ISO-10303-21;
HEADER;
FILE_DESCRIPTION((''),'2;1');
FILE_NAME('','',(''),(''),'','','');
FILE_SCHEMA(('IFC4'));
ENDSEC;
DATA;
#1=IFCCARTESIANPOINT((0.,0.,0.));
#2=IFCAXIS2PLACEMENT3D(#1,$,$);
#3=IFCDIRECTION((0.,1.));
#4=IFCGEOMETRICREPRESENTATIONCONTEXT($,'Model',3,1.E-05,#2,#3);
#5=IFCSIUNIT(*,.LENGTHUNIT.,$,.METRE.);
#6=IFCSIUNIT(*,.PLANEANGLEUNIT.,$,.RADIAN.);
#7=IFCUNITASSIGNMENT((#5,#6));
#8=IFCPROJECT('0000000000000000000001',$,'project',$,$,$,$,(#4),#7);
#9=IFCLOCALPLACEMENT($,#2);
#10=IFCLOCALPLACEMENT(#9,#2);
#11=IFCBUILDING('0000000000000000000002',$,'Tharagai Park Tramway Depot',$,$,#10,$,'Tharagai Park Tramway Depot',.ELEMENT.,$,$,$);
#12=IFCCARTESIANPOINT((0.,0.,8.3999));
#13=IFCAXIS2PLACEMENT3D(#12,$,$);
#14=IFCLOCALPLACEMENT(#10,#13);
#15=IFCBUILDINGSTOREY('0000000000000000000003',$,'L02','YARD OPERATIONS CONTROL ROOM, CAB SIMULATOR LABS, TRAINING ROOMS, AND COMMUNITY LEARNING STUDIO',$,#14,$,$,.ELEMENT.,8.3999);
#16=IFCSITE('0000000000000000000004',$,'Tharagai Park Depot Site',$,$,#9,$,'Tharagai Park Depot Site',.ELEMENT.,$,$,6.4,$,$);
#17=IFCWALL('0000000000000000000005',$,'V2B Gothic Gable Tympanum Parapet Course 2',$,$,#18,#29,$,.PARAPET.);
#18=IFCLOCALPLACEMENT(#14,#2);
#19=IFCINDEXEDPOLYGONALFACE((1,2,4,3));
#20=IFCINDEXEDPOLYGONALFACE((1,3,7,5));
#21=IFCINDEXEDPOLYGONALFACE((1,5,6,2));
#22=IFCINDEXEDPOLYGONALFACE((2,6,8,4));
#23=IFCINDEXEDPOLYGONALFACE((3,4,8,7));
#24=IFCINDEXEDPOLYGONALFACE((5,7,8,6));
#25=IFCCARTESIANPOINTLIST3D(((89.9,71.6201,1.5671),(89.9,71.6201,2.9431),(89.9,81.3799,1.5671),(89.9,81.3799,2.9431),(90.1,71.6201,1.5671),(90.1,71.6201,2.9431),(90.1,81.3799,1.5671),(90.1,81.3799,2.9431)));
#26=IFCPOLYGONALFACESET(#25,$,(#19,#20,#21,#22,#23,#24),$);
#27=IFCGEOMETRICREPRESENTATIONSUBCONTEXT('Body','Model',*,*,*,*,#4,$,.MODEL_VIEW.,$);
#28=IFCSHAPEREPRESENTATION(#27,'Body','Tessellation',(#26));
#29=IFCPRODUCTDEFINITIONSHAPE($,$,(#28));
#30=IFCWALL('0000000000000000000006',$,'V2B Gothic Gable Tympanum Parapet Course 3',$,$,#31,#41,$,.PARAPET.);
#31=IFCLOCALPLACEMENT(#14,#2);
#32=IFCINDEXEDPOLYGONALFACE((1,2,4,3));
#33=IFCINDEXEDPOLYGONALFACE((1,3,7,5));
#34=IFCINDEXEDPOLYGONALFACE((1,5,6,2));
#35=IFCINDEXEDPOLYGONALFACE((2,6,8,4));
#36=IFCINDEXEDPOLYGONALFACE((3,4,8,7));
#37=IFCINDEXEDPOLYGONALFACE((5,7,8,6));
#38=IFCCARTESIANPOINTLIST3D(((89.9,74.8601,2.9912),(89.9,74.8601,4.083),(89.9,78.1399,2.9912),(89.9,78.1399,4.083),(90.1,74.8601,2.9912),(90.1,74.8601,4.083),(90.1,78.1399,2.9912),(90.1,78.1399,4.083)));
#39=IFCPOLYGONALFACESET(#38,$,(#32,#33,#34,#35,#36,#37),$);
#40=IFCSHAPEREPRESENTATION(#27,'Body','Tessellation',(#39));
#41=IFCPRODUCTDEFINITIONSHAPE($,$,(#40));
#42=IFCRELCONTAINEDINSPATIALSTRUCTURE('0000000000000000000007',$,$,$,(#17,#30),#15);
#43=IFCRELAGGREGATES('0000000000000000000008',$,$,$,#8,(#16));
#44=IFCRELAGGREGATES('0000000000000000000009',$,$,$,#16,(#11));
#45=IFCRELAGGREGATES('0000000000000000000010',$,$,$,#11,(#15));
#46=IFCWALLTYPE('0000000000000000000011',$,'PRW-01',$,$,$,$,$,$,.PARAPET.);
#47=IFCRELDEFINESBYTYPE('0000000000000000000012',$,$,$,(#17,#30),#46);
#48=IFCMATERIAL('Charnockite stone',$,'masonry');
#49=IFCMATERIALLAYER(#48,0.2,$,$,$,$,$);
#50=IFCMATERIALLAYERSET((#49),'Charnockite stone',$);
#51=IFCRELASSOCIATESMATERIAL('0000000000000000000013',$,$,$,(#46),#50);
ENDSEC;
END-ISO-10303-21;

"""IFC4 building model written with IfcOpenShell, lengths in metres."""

from ifc_helpers import new_model, si_unit, direction, frame, frame_2d, origin, place, context, subcontext, project, spatial, rectangle, extrude, material, layer, layer_set, type_object, element, save


model = new_model("IFC4")

# Units and contexts
model_context = context("Model", 3, precision=1e-05, world=origin(), true_north=direction((0.0, 1.0)))
body_context = subcontext(model_context, "Body", "Model", "MODEL_VIEW")
ifc_project = project(units=[si_unit("LENGTHUNIT", "METRE"), si_unit("PLANEANGLEUNIT", "RADIAN")], contexts=[model_context])

# Site, building, storey
site_placement = place(None, origin())
site = spatial("IfcSite", under=ifc_project, at=site_placement, Name="Tharagai Park Depot Site", LongName="Tharagai Park Depot Site", CompositionType="ELEMENT", RefElevation=6.4)
building_placement = place(site_placement, origin())
building = spatial("IfcBuilding", under=site, at=building_placement, Name="Tharagai Park Tramway Depot", LongName="Tharagai Park Tramway Depot", CompositionType="ELEMENT")
storey_placement = place(building_placement, frame((0.0, 0.0, 8.3999)))
storey = spatial("IfcBuildingStorey", under=building, at=storey_placement, Name="L02", Description="YARD OPERATIONS CONTROL ROOM, CAB SIMULATOR LABS, TRAINING ROOMS, AND COMMUNITY LEARNING STUDIO", CompositionType="ELEMENT", Elevation=8.3999)

# Walls
ifc_material_1 = material(Name="Charnockite stone", Category="masonry")
ifc_layer_1 = layer(ifc_material_1, 0.2)
ifc_layer_set_1 = layer_set([ifc_layer_1], Name="Charnockite stone")
wall_type = type_object("IfcWallType", Name="PRW-01", PredefinedType="PARAPET", material=ifc_layer_set_1)
wall_1_placement = place(storey_placement, frame((90.0, 71.6201, 1.5671), z_axis=(0.0, 0.0, 1.0), x_axis=(0.0, 1.0, 0.0)))
element("IfcWall", 1, at=wall_1_placement, inside=storey, type_object=wall_type, Name="V2B Gothic Gable Tympanum Parapet Course 2", PredefinedType="PARAPET", context=body_context, shape_type="SweptSolid", body=[
    extrude(rectangle(XDim=9.7598, YDim=0.2, at=frame_2d((4.8799, 0.0))), origin(), (0.0, 0.0, 1.0), 1.376),
])
wall_2_placement = place(storey_placement, frame((90.0, 74.8601, 2.9912), z_axis=(0.0, 0.0, 1.0), x_axis=(0.0, 1.0, 0.0)))
element("IfcWall", 2, at=wall_2_placement, inside=storey, type_object=wall_type, Name="V2B Gothic Gable Tympanum Parapet Course 3", PredefinedType="PARAPET", context=body_context, shape_type="SweptSolid", body=[
    extrude(rectangle(XDim=3.2798, YDim=0.2, at=frame_2d((1.6399, 0.0))), origin(), (0.0, 0.0, 1.0), 1.0918),
])

save(model, "model.ifc")
